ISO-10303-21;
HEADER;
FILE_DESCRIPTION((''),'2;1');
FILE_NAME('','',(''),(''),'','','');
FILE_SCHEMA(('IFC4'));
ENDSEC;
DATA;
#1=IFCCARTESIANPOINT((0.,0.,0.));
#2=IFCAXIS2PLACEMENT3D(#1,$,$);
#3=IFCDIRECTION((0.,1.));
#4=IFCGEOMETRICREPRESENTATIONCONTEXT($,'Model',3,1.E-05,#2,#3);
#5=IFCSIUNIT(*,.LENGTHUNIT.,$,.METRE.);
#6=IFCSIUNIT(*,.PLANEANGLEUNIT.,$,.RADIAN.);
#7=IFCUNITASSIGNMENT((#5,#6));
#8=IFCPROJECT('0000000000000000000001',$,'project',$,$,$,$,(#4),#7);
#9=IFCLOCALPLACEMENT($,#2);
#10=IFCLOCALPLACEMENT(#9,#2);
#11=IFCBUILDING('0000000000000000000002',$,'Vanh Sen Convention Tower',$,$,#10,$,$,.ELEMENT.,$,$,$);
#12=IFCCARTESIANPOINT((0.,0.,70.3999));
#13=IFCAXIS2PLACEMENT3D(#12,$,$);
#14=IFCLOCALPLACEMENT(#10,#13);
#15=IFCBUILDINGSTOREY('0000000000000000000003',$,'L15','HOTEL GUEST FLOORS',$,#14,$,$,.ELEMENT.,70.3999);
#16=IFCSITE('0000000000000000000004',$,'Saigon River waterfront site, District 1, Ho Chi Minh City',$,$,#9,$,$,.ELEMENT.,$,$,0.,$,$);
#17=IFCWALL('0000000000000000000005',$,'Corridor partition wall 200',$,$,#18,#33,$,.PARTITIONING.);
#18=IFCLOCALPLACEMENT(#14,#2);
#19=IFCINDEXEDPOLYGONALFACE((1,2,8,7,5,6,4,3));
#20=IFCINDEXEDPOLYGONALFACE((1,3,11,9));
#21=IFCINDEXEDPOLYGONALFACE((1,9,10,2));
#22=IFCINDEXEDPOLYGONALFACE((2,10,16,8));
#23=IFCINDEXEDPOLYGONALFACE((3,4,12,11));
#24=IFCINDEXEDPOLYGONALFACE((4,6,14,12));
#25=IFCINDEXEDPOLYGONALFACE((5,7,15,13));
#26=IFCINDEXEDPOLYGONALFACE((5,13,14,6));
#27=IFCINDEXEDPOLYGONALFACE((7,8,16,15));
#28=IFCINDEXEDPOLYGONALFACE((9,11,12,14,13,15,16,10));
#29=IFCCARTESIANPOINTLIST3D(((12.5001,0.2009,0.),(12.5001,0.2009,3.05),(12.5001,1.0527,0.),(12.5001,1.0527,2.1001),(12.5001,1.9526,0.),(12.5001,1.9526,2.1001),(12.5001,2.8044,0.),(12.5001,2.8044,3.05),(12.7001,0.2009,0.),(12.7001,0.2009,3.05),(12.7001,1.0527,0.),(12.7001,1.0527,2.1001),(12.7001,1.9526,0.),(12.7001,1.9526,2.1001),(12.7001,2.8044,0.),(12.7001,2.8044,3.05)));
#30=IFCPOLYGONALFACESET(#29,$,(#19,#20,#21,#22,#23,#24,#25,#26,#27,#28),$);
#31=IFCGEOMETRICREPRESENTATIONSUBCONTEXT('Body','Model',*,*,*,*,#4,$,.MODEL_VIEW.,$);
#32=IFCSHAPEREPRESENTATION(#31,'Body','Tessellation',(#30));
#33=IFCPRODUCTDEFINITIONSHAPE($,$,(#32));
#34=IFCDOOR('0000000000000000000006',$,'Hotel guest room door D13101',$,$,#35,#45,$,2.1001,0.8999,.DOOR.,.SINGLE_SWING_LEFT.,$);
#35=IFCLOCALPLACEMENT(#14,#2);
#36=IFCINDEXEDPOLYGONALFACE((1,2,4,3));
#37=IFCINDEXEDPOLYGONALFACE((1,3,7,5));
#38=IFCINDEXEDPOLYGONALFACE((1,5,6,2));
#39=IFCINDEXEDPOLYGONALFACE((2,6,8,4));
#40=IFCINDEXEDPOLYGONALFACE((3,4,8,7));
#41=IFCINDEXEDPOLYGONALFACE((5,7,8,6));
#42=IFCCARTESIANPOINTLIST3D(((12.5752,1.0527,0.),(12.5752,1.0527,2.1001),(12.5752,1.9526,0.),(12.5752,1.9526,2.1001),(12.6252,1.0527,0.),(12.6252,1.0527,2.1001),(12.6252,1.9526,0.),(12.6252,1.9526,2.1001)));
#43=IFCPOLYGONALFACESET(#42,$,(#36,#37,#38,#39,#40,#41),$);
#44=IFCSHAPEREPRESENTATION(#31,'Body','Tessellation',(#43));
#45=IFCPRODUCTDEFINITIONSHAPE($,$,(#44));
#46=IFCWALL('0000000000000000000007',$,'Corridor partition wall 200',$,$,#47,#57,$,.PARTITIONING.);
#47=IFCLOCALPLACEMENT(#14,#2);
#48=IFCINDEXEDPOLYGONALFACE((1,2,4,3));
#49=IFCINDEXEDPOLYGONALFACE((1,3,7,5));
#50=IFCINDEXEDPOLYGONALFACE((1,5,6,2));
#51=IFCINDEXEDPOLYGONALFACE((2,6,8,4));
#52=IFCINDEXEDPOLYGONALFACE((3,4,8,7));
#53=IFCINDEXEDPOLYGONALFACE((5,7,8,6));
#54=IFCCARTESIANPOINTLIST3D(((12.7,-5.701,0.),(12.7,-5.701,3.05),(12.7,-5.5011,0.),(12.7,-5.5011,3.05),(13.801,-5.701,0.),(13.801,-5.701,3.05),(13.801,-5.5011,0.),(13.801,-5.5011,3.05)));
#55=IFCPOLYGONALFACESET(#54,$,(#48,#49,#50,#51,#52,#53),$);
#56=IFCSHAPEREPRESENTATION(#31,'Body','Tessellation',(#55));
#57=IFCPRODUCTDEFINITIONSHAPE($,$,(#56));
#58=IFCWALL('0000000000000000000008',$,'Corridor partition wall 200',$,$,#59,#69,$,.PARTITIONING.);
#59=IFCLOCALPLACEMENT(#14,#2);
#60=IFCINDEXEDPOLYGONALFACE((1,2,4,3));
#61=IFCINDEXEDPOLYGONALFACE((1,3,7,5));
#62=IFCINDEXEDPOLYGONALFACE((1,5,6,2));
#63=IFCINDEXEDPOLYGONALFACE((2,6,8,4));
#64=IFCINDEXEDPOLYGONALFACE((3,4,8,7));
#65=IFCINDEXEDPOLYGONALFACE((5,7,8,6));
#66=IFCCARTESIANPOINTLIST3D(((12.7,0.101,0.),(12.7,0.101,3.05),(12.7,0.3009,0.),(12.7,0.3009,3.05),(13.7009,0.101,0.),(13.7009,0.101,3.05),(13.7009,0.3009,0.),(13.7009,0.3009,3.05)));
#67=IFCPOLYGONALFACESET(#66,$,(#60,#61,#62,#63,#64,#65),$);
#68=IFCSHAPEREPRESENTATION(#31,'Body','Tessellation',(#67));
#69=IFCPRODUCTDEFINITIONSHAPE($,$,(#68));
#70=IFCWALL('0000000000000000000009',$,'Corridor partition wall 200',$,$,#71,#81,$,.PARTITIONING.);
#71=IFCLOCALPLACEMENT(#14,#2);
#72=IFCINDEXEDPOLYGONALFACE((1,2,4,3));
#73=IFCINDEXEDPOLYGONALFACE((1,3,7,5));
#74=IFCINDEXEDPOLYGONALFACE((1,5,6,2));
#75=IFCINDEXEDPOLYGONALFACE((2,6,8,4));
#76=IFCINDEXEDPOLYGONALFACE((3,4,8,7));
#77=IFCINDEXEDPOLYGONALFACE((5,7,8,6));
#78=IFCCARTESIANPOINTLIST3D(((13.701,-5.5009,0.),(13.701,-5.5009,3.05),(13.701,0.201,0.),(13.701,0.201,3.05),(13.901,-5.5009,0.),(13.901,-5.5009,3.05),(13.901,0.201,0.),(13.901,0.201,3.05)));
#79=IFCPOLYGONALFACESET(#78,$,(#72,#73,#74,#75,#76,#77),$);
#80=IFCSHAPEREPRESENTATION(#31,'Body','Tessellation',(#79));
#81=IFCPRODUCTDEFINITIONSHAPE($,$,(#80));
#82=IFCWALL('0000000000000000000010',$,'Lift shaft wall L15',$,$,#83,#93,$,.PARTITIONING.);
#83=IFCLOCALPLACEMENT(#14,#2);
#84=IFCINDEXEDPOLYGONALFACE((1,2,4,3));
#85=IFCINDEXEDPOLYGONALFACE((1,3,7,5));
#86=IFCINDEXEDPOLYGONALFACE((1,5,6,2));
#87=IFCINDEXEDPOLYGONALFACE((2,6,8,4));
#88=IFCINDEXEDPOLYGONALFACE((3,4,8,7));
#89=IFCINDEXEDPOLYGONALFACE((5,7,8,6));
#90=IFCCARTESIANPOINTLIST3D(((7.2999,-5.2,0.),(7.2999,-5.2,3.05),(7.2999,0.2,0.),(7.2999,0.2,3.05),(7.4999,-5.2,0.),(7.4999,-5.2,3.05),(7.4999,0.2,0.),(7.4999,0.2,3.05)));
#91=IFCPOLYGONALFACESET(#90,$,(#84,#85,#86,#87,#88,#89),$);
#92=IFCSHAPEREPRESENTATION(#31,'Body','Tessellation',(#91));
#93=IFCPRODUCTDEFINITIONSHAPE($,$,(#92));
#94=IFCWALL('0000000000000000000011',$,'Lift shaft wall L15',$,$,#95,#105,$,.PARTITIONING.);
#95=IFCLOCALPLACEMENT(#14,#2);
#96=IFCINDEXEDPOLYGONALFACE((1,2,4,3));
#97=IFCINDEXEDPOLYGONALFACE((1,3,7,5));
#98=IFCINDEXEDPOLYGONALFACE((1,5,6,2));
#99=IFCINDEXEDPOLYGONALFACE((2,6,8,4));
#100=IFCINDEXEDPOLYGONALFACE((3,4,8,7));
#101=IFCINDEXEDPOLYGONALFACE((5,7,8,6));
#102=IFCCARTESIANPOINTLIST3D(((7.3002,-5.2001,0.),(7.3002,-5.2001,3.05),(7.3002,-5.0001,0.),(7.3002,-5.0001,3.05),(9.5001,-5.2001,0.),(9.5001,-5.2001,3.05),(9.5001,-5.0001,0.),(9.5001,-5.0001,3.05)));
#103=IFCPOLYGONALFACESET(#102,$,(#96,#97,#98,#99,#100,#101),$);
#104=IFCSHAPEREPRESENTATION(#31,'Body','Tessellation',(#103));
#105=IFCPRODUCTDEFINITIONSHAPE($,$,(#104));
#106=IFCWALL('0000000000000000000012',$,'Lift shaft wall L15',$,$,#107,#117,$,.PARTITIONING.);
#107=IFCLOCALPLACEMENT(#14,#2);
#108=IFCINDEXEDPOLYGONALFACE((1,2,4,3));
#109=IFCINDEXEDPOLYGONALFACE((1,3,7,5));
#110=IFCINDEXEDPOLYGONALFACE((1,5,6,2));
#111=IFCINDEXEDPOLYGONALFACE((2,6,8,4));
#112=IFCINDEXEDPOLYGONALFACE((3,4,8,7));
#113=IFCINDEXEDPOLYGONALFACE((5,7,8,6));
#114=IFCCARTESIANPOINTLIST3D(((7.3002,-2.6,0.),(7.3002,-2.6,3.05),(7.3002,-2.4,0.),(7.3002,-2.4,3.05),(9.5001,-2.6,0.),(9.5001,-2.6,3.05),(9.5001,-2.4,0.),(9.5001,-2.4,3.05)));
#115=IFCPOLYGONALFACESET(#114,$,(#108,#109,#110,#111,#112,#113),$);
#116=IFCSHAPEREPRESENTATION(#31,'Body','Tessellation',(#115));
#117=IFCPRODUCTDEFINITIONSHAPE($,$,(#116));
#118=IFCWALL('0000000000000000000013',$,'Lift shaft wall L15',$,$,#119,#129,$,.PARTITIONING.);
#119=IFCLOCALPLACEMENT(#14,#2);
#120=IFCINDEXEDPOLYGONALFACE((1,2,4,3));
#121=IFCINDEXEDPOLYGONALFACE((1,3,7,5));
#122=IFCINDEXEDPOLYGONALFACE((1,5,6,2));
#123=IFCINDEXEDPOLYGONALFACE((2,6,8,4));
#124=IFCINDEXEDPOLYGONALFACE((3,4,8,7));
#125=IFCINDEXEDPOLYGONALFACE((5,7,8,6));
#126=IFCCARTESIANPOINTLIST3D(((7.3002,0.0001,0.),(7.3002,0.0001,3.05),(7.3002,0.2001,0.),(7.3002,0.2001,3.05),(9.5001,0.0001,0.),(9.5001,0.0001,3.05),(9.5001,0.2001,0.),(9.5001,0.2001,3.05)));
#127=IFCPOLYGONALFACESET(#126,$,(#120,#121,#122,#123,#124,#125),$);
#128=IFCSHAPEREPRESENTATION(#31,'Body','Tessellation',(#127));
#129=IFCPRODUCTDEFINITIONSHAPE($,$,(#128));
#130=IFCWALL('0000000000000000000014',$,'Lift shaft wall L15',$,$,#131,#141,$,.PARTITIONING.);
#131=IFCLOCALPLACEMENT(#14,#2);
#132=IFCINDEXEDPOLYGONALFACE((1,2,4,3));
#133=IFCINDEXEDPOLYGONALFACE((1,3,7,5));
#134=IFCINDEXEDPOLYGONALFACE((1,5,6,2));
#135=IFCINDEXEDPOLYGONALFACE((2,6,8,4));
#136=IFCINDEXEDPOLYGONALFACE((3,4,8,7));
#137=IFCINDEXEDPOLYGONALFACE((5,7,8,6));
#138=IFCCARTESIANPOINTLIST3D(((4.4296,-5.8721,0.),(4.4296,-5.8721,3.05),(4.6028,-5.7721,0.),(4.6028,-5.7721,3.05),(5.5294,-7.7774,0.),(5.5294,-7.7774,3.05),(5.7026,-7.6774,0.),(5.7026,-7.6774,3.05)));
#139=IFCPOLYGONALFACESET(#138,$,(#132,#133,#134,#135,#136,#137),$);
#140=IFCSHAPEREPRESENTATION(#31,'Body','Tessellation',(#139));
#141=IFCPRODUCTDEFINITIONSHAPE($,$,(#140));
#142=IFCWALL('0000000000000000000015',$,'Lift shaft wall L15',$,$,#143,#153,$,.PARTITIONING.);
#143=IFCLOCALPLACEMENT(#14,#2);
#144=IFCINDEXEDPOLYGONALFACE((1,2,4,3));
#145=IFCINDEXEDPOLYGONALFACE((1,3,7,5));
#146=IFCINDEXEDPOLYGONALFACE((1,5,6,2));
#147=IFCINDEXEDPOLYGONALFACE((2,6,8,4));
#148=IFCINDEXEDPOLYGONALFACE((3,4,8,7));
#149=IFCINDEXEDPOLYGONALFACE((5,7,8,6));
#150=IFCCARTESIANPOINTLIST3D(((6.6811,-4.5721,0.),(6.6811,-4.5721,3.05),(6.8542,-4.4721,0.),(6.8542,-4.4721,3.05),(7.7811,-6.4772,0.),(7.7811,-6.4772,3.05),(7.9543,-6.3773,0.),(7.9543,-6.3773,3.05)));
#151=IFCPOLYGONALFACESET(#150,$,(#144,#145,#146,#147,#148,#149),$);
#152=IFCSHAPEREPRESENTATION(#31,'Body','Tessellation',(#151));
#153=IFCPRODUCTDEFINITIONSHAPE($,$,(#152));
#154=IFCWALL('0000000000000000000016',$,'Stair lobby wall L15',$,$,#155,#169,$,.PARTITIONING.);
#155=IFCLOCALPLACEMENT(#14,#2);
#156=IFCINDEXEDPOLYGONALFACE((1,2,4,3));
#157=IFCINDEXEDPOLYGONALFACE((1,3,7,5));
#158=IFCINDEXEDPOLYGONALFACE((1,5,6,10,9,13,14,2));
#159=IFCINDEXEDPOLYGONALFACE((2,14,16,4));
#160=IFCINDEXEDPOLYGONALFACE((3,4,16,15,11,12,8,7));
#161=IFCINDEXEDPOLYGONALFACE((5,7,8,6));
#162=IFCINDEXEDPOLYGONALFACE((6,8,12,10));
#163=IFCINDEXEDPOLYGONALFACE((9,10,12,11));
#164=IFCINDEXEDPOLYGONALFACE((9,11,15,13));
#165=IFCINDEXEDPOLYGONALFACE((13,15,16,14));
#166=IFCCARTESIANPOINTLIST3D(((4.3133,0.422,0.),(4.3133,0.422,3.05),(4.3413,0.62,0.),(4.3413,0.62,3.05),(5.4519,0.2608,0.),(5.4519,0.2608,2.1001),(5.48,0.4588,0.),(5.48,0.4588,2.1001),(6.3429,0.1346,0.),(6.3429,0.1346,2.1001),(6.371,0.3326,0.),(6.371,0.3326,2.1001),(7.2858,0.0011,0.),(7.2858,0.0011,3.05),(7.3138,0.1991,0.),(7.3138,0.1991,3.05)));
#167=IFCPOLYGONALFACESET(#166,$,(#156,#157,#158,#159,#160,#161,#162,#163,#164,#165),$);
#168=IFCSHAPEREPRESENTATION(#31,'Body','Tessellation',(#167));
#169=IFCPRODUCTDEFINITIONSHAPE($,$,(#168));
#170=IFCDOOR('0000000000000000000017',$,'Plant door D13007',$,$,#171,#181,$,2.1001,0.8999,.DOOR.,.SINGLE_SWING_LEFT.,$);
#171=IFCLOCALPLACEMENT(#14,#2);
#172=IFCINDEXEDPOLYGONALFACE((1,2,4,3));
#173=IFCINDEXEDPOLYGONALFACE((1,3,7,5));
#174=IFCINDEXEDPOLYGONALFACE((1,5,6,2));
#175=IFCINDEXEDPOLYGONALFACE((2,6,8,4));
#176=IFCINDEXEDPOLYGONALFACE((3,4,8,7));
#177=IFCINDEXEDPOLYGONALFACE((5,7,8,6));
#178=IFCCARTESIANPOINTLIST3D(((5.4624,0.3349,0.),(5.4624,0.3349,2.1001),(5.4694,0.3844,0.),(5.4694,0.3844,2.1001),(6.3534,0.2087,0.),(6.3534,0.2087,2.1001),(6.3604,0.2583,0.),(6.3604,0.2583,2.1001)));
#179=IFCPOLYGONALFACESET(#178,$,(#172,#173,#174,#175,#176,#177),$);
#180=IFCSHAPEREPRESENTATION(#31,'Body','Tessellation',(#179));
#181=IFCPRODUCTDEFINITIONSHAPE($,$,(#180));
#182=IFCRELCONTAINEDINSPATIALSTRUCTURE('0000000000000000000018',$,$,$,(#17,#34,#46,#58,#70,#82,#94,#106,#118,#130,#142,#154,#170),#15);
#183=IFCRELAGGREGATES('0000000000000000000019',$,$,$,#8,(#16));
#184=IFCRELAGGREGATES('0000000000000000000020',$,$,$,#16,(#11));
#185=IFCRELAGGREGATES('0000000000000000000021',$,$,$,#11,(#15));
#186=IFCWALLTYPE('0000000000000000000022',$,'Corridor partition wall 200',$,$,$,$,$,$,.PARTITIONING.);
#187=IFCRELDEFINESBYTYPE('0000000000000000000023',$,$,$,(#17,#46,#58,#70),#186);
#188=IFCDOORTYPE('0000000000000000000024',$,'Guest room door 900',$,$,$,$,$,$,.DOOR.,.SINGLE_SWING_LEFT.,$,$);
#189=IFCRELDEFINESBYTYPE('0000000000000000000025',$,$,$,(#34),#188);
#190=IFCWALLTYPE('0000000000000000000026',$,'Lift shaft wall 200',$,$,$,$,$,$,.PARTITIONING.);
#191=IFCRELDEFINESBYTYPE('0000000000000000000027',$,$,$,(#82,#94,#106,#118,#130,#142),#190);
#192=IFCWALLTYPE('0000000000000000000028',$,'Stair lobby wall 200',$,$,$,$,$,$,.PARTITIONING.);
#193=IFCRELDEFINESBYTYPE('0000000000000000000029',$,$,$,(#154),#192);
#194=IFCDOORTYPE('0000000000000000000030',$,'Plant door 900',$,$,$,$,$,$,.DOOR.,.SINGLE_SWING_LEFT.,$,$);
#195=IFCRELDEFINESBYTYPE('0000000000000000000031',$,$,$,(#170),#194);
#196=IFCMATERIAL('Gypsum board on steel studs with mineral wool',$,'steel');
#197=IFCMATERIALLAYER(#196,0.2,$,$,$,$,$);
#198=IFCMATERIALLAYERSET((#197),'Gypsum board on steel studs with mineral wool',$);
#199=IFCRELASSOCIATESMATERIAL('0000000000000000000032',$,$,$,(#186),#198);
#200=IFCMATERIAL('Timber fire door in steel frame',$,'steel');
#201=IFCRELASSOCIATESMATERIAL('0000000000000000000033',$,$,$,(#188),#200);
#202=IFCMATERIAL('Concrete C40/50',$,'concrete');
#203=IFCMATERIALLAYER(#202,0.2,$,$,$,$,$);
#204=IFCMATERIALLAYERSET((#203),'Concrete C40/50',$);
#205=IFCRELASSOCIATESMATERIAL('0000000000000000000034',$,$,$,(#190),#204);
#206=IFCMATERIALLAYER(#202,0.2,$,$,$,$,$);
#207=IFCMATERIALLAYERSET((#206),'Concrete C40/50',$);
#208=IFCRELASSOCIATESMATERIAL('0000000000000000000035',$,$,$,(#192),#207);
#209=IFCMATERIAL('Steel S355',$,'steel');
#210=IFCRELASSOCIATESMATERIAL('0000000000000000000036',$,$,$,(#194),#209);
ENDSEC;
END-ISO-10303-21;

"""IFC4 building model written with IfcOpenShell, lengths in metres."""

from ifc_helpers import new_model, si_unit, direction, frame, frame_2d, origin, place, context, subcontext, project, spatial, rectangle, extrude, material, layer, layer_set, type_object, element, fill, save


model = new_model("IFC4")

# Units and contexts
model_context = context("Model", 3, precision=1e-05, world=origin(), true_north=direction((0.0, 1.0)))
body_context = subcontext(model_context, "Body", "Model", "MODEL_VIEW")
ifc_project = project(units=[si_unit("LENGTHUNIT", "METRE"), si_unit("PLANEANGLEUNIT", "RADIAN")], contexts=[model_context])

# Site, building, storey
site_placement = place(None, origin())
site = spatial("IfcSite", under=ifc_project, at=site_placement, Name="Saigon River waterfront site, District 1, Ho Chi Minh City", CompositionType="ELEMENT", RefElevation=0.0)
building_placement = place(site_placement, origin())
building = spatial("IfcBuilding", under=site, at=building_placement, Name="Vanh Sen Convention Tower", CompositionType="ELEMENT")
storey_placement = place(building_placement, frame((0.0, 0.0, 70.3999)))
storey = spatial("IfcBuildingStorey", under=building, at=storey_placement, Name="L15", Description="HOTEL GUEST FLOORS", CompositionType="ELEMENT", Elevation=70.3999)

# Shared definitions
ifc_material_1 = material(Name="Steel S355", Category="steel")

# Shared definitions
ifc_material_2 = material(Name="Gypsum board on steel studs with mineral wool", Category="steel")
ifc_layer_1 = layer(ifc_material_2, 0.2)
ifc_layer_set_1 = layer_set([ifc_layer_1], Name="Gypsum board on steel studs with mineral wool")
wall_type_1 = type_object("IfcWallType", Name="Corridor partition wall 200", PredefinedType="PARTITIONING", material=ifc_layer_set_1)

# Shared definitions
ifc_material_3 = material(Name="Timber fire door in steel frame", Category="steel")
door_type_1 = type_object("IfcDoorType", Name="Guest room door 900", OperationType="SINGLE_SWING_LEFT", PredefinedType="DOOR", material=ifc_material_3)

# Wall, opening, door
wall_1_placement = place(storey_placement, frame((12.6001, 0.2009, 0.0), z_axis=(0.0, 0.0, 1.0), x_axis=(0.0, 1.0, 0.0)))
wall_1 = element("IfcWall", 1, at=wall_1_placement, inside=storey, type_object=wall_type_1, Name="Corridor partition wall 200", PredefinedType="PARTITIONING", context=body_context, shape_type="SweptSolid", body=[
    extrude(rectangle(XDim=2.6035, YDim=0.2, at=frame_2d((1.3018, 0.0))), origin(), (0.0, 0.0, 1.0), 3.05),
])
opening_1_placement = place(wall_1_placement, frame((0.8518, 0.0, 0.0)))
opening_1 = element("IfcOpeningElement", 2, at=opening_1_placement, cuts=wall_1, PredefinedType="OPENING", context=body_context, shape_type="SweptSolid", body=[
    extrude(rectangle(XDim=0.8999, YDim=2.1001, at=frame_2d((0.45, 1.05))), frame((0.0, 0.1099, 0.0), z_axis=(0.0, -1.0, 0.0), x_axis=(1.0, 0.0, 0.0)), (0.0, 0.0, 1.0), 0.22),
])
door_1_placement = place(opening_1_placement, origin())
door_1 = element("IfcDoor", 3, at=door_1_placement, inside=storey, type_object=door_type_1, Name="Hotel guest room door D13101", OperationType="SINGLE_SWING_LEFT", OverallHeight=2.1001, OverallWidth=0.8999, PredefinedType="DOOR", context=body_context, shape_type="SweptSolid", body=[
    extrude(rectangle(XDim=0.8999, YDim=2.1001, at=frame_2d((0.45, 1.05))), frame((0.0, 0.0249, 0.0), z_axis=(0.0, -1.0, 0.0), x_axis=(1.0, 0.0, 0.0)), (0.0, 0.0, 1.0), 0.05),
])
fill(opening_1, door_1)

# Walls
wall_2_placement = place(storey_placement, frame((12.7, -5.6011, 0.0), z_axis=(0.0, 0.0, 1.0), x_axis=(1.0, 0.0, 0.0)))
element("IfcWall", 4, at=wall_2_placement, inside=storey, type_object=wall_type_1, Name="Corridor partition wall 200", PredefinedType="PARTITIONING", context=body_context, shape_type="SweptSolid", body=[
    extrude(rectangle(XDim=1.1011, YDim=0.2, at=frame_2d((0.5505, 0.0))), origin(), (0.0, 0.0, 1.0), 3.05),
])
wall_3_placement = place(storey_placement, frame((13.7009, 0.2009, 0.0), z_axis=(0.0, 0.0, 1.0), x_axis=(-1.0, 0.0, 0.0)))
element("IfcWall", 5, at=wall_3_placement, inside=storey, type_object=wall_type_1, Name="Corridor partition wall 200", PredefinedType="PARTITIONING", context=body_context, shape_type="SweptSolid", body=[
    extrude(rectangle(XDim=1.001, YDim=0.2, at=frame_2d((0.5005, 0.0))), origin(), (0.0, 0.0, 1.0), 3.05),
])
wall_4_placement = place(storey_placement, frame((13.801, -5.501, 0.0), z_axis=(0.0, 0.0, 1.0), x_axis=(0.0, 1.0, 0.0)))
element("IfcWall", 6, at=wall_4_placement, inside=storey, type_object=wall_type_1, Name="Corridor partition wall 200", PredefinedType="PARTITIONING", context=body_context, shape_type="SweptSolid", body=[
    extrude(rectangle(XDim=5.7019, YDim=0.2, at=frame_2d((2.8511, 0.0))), origin(), (0.0, 0.0, 1.0), 3.05),
])
ifc_material_4 = material(Name="Concrete C40/50", Category="concrete")
ifc_layer_2 = layer(ifc_material_4, 0.2)
ifc_layer_set_2 = layer_set([ifc_layer_2], Name="Concrete C40/50")
wall_type_2 = type_object("IfcWallType", Name="Lift shaft wall 200", PredefinedType="PARTITIONING", material=ifc_layer_set_2)
wall_5_placement = place(storey_placement, frame((7.3999, -5.2, 0.0), z_axis=(0.0, 0.0, 1.0), x_axis=(0.0, 1.0, 0.0)))
element("IfcWall", 7, at=wall_5_placement, inside=storey, type_object=wall_type_2, Name="Lift shaft wall L15", PredefinedType="PARTITIONING", context=body_context, shape_type="SweptSolid", body=[
    extrude(rectangle(XDim=5.3999, YDim=0.2, at=frame_2d((2.7, 0.0))), origin(), (0.0, 0.0, 1.0), 3.05),
])
for number, where, z_axis, x_axis, name in (
    (8, (7.3, -5.1001, 0.0), (0.0, 0.0, 1.0), (1.0, 0.0, 0.0), "Lift shaft wall L15"),
    (9, (7.3, -2.5, 0.0), (0.0, 0.0, 1.0), (1.0, 0.0, 0.0), "Lift shaft wall L15"),
    (10, (7.3, 0.1001, 0.0), (0.0, 0.0, 1.0), (1.0, 0.0, 0.0), "Lift shaft wall L15"),
    (11, (4.5161, -5.822, 0.0), (0.0, 0.0, 1.0), (0.499947, -0.866056, 0.0), "Lift shaft wall L15"),
    (12, (6.7676, -4.522, 0.0), (0.0, 0.0, 1.0), (0.50003, -0.866008, 0.0), "Lift shaft wall L15"),
):
    element("IfcWall", number, at=place(storey_placement, frame(where, z_axis=z_axis, x_axis=x_axis)), inside=storey, type_object=wall_type_2, Name=name, PredefinedType="PARTITIONING", context=body_context, shape_type="SweptSolid", body=[
        extrude(rectangle(XDim=2.2, YDim=0.2, at=frame_2d((1.1001, 0.0))), origin(), (0.0, 0.0, 1.0), 3.05),
    ])

# Wall, opening, door
ifc_layer_3 = layer(ifc_material_4, 0.2)
ifc_layer_set_3 = layer_set([ifc_layer_3], Name="Concrete C40/50")
wall_type_3 = type_object("IfcWallType", Name="Stair lobby wall 200", PredefinedType="PARTITIONING", material=ifc_layer_set_3)
wall_6_placement = place(storey_placement, frame((4.3274, 0.521, 0.0), z_axis=(0.0, 0.0, 1.0), x_axis=(0.990124, -0.140192, 0.0)))
wall_6 = element("IfcWall", 13, at=wall_6_placement, inside=storey, type_object=wall_type_3, Name="Stair lobby wall L15", PredefinedType="PARTITIONING", context=body_context, shape_type="SweptSolid", body=[
    extrude(rectangle(XDim=3.0022, YDim=0.2, at=frame_2d((1.501, 0.0))), origin(), (0.0, 0.0, 1.0), 3.05),
])
opening_2_placement = place(wall_6_placement, frame((1.1499, 0.0, 0.0)))
opening_2 = element("IfcOpeningElement", 14, at=opening_2_placement, cuts=wall_6, PredefinedType="OPENING", context=body_context, shape_type="SweptSolid", body=[
    extrude(rectangle(XDim=0.8999, YDim=2.1001, at=frame_2d((0.45, 1.05))), frame((0.0, 0.1099, 0.0), z_axis=(0.0, -1.0, 0.0), x_axis=(1.0, 0.0, 0.0)), (0.0, 0.0, 1.0), 0.22),
])
door_type_2 = type_object("IfcDoorType", Name="Plant door 900", OperationType="SINGLE_SWING_LEFT", PredefinedType="DOOR", material=ifc_material_1)
door_2_placement = place(opening_2_placement, origin())
door_2 = element("IfcDoor", 15, at=door_2_placement, inside=storey, type_object=door_type_2, Name="Plant door D13007", OperationType="SINGLE_SWING_LEFT", OverallHeight=2.1001, OverallWidth=0.8999, PredefinedType="DOOR", context=body_context, shape_type="SweptSolid", body=[
    extrude(rectangle(XDim=0.8999, YDim=2.1001, at=frame_2d((0.45, 1.05))), frame((0.0, 0.0249, 0.0), z_axis=(0.0, -1.0, 0.0), x_axis=(1.0, 0.0, 0.0)), (0.0, 0.0, 1.0), 0.05),
])
fill(opening_2, door_2)

save(model, "model.ifc")
